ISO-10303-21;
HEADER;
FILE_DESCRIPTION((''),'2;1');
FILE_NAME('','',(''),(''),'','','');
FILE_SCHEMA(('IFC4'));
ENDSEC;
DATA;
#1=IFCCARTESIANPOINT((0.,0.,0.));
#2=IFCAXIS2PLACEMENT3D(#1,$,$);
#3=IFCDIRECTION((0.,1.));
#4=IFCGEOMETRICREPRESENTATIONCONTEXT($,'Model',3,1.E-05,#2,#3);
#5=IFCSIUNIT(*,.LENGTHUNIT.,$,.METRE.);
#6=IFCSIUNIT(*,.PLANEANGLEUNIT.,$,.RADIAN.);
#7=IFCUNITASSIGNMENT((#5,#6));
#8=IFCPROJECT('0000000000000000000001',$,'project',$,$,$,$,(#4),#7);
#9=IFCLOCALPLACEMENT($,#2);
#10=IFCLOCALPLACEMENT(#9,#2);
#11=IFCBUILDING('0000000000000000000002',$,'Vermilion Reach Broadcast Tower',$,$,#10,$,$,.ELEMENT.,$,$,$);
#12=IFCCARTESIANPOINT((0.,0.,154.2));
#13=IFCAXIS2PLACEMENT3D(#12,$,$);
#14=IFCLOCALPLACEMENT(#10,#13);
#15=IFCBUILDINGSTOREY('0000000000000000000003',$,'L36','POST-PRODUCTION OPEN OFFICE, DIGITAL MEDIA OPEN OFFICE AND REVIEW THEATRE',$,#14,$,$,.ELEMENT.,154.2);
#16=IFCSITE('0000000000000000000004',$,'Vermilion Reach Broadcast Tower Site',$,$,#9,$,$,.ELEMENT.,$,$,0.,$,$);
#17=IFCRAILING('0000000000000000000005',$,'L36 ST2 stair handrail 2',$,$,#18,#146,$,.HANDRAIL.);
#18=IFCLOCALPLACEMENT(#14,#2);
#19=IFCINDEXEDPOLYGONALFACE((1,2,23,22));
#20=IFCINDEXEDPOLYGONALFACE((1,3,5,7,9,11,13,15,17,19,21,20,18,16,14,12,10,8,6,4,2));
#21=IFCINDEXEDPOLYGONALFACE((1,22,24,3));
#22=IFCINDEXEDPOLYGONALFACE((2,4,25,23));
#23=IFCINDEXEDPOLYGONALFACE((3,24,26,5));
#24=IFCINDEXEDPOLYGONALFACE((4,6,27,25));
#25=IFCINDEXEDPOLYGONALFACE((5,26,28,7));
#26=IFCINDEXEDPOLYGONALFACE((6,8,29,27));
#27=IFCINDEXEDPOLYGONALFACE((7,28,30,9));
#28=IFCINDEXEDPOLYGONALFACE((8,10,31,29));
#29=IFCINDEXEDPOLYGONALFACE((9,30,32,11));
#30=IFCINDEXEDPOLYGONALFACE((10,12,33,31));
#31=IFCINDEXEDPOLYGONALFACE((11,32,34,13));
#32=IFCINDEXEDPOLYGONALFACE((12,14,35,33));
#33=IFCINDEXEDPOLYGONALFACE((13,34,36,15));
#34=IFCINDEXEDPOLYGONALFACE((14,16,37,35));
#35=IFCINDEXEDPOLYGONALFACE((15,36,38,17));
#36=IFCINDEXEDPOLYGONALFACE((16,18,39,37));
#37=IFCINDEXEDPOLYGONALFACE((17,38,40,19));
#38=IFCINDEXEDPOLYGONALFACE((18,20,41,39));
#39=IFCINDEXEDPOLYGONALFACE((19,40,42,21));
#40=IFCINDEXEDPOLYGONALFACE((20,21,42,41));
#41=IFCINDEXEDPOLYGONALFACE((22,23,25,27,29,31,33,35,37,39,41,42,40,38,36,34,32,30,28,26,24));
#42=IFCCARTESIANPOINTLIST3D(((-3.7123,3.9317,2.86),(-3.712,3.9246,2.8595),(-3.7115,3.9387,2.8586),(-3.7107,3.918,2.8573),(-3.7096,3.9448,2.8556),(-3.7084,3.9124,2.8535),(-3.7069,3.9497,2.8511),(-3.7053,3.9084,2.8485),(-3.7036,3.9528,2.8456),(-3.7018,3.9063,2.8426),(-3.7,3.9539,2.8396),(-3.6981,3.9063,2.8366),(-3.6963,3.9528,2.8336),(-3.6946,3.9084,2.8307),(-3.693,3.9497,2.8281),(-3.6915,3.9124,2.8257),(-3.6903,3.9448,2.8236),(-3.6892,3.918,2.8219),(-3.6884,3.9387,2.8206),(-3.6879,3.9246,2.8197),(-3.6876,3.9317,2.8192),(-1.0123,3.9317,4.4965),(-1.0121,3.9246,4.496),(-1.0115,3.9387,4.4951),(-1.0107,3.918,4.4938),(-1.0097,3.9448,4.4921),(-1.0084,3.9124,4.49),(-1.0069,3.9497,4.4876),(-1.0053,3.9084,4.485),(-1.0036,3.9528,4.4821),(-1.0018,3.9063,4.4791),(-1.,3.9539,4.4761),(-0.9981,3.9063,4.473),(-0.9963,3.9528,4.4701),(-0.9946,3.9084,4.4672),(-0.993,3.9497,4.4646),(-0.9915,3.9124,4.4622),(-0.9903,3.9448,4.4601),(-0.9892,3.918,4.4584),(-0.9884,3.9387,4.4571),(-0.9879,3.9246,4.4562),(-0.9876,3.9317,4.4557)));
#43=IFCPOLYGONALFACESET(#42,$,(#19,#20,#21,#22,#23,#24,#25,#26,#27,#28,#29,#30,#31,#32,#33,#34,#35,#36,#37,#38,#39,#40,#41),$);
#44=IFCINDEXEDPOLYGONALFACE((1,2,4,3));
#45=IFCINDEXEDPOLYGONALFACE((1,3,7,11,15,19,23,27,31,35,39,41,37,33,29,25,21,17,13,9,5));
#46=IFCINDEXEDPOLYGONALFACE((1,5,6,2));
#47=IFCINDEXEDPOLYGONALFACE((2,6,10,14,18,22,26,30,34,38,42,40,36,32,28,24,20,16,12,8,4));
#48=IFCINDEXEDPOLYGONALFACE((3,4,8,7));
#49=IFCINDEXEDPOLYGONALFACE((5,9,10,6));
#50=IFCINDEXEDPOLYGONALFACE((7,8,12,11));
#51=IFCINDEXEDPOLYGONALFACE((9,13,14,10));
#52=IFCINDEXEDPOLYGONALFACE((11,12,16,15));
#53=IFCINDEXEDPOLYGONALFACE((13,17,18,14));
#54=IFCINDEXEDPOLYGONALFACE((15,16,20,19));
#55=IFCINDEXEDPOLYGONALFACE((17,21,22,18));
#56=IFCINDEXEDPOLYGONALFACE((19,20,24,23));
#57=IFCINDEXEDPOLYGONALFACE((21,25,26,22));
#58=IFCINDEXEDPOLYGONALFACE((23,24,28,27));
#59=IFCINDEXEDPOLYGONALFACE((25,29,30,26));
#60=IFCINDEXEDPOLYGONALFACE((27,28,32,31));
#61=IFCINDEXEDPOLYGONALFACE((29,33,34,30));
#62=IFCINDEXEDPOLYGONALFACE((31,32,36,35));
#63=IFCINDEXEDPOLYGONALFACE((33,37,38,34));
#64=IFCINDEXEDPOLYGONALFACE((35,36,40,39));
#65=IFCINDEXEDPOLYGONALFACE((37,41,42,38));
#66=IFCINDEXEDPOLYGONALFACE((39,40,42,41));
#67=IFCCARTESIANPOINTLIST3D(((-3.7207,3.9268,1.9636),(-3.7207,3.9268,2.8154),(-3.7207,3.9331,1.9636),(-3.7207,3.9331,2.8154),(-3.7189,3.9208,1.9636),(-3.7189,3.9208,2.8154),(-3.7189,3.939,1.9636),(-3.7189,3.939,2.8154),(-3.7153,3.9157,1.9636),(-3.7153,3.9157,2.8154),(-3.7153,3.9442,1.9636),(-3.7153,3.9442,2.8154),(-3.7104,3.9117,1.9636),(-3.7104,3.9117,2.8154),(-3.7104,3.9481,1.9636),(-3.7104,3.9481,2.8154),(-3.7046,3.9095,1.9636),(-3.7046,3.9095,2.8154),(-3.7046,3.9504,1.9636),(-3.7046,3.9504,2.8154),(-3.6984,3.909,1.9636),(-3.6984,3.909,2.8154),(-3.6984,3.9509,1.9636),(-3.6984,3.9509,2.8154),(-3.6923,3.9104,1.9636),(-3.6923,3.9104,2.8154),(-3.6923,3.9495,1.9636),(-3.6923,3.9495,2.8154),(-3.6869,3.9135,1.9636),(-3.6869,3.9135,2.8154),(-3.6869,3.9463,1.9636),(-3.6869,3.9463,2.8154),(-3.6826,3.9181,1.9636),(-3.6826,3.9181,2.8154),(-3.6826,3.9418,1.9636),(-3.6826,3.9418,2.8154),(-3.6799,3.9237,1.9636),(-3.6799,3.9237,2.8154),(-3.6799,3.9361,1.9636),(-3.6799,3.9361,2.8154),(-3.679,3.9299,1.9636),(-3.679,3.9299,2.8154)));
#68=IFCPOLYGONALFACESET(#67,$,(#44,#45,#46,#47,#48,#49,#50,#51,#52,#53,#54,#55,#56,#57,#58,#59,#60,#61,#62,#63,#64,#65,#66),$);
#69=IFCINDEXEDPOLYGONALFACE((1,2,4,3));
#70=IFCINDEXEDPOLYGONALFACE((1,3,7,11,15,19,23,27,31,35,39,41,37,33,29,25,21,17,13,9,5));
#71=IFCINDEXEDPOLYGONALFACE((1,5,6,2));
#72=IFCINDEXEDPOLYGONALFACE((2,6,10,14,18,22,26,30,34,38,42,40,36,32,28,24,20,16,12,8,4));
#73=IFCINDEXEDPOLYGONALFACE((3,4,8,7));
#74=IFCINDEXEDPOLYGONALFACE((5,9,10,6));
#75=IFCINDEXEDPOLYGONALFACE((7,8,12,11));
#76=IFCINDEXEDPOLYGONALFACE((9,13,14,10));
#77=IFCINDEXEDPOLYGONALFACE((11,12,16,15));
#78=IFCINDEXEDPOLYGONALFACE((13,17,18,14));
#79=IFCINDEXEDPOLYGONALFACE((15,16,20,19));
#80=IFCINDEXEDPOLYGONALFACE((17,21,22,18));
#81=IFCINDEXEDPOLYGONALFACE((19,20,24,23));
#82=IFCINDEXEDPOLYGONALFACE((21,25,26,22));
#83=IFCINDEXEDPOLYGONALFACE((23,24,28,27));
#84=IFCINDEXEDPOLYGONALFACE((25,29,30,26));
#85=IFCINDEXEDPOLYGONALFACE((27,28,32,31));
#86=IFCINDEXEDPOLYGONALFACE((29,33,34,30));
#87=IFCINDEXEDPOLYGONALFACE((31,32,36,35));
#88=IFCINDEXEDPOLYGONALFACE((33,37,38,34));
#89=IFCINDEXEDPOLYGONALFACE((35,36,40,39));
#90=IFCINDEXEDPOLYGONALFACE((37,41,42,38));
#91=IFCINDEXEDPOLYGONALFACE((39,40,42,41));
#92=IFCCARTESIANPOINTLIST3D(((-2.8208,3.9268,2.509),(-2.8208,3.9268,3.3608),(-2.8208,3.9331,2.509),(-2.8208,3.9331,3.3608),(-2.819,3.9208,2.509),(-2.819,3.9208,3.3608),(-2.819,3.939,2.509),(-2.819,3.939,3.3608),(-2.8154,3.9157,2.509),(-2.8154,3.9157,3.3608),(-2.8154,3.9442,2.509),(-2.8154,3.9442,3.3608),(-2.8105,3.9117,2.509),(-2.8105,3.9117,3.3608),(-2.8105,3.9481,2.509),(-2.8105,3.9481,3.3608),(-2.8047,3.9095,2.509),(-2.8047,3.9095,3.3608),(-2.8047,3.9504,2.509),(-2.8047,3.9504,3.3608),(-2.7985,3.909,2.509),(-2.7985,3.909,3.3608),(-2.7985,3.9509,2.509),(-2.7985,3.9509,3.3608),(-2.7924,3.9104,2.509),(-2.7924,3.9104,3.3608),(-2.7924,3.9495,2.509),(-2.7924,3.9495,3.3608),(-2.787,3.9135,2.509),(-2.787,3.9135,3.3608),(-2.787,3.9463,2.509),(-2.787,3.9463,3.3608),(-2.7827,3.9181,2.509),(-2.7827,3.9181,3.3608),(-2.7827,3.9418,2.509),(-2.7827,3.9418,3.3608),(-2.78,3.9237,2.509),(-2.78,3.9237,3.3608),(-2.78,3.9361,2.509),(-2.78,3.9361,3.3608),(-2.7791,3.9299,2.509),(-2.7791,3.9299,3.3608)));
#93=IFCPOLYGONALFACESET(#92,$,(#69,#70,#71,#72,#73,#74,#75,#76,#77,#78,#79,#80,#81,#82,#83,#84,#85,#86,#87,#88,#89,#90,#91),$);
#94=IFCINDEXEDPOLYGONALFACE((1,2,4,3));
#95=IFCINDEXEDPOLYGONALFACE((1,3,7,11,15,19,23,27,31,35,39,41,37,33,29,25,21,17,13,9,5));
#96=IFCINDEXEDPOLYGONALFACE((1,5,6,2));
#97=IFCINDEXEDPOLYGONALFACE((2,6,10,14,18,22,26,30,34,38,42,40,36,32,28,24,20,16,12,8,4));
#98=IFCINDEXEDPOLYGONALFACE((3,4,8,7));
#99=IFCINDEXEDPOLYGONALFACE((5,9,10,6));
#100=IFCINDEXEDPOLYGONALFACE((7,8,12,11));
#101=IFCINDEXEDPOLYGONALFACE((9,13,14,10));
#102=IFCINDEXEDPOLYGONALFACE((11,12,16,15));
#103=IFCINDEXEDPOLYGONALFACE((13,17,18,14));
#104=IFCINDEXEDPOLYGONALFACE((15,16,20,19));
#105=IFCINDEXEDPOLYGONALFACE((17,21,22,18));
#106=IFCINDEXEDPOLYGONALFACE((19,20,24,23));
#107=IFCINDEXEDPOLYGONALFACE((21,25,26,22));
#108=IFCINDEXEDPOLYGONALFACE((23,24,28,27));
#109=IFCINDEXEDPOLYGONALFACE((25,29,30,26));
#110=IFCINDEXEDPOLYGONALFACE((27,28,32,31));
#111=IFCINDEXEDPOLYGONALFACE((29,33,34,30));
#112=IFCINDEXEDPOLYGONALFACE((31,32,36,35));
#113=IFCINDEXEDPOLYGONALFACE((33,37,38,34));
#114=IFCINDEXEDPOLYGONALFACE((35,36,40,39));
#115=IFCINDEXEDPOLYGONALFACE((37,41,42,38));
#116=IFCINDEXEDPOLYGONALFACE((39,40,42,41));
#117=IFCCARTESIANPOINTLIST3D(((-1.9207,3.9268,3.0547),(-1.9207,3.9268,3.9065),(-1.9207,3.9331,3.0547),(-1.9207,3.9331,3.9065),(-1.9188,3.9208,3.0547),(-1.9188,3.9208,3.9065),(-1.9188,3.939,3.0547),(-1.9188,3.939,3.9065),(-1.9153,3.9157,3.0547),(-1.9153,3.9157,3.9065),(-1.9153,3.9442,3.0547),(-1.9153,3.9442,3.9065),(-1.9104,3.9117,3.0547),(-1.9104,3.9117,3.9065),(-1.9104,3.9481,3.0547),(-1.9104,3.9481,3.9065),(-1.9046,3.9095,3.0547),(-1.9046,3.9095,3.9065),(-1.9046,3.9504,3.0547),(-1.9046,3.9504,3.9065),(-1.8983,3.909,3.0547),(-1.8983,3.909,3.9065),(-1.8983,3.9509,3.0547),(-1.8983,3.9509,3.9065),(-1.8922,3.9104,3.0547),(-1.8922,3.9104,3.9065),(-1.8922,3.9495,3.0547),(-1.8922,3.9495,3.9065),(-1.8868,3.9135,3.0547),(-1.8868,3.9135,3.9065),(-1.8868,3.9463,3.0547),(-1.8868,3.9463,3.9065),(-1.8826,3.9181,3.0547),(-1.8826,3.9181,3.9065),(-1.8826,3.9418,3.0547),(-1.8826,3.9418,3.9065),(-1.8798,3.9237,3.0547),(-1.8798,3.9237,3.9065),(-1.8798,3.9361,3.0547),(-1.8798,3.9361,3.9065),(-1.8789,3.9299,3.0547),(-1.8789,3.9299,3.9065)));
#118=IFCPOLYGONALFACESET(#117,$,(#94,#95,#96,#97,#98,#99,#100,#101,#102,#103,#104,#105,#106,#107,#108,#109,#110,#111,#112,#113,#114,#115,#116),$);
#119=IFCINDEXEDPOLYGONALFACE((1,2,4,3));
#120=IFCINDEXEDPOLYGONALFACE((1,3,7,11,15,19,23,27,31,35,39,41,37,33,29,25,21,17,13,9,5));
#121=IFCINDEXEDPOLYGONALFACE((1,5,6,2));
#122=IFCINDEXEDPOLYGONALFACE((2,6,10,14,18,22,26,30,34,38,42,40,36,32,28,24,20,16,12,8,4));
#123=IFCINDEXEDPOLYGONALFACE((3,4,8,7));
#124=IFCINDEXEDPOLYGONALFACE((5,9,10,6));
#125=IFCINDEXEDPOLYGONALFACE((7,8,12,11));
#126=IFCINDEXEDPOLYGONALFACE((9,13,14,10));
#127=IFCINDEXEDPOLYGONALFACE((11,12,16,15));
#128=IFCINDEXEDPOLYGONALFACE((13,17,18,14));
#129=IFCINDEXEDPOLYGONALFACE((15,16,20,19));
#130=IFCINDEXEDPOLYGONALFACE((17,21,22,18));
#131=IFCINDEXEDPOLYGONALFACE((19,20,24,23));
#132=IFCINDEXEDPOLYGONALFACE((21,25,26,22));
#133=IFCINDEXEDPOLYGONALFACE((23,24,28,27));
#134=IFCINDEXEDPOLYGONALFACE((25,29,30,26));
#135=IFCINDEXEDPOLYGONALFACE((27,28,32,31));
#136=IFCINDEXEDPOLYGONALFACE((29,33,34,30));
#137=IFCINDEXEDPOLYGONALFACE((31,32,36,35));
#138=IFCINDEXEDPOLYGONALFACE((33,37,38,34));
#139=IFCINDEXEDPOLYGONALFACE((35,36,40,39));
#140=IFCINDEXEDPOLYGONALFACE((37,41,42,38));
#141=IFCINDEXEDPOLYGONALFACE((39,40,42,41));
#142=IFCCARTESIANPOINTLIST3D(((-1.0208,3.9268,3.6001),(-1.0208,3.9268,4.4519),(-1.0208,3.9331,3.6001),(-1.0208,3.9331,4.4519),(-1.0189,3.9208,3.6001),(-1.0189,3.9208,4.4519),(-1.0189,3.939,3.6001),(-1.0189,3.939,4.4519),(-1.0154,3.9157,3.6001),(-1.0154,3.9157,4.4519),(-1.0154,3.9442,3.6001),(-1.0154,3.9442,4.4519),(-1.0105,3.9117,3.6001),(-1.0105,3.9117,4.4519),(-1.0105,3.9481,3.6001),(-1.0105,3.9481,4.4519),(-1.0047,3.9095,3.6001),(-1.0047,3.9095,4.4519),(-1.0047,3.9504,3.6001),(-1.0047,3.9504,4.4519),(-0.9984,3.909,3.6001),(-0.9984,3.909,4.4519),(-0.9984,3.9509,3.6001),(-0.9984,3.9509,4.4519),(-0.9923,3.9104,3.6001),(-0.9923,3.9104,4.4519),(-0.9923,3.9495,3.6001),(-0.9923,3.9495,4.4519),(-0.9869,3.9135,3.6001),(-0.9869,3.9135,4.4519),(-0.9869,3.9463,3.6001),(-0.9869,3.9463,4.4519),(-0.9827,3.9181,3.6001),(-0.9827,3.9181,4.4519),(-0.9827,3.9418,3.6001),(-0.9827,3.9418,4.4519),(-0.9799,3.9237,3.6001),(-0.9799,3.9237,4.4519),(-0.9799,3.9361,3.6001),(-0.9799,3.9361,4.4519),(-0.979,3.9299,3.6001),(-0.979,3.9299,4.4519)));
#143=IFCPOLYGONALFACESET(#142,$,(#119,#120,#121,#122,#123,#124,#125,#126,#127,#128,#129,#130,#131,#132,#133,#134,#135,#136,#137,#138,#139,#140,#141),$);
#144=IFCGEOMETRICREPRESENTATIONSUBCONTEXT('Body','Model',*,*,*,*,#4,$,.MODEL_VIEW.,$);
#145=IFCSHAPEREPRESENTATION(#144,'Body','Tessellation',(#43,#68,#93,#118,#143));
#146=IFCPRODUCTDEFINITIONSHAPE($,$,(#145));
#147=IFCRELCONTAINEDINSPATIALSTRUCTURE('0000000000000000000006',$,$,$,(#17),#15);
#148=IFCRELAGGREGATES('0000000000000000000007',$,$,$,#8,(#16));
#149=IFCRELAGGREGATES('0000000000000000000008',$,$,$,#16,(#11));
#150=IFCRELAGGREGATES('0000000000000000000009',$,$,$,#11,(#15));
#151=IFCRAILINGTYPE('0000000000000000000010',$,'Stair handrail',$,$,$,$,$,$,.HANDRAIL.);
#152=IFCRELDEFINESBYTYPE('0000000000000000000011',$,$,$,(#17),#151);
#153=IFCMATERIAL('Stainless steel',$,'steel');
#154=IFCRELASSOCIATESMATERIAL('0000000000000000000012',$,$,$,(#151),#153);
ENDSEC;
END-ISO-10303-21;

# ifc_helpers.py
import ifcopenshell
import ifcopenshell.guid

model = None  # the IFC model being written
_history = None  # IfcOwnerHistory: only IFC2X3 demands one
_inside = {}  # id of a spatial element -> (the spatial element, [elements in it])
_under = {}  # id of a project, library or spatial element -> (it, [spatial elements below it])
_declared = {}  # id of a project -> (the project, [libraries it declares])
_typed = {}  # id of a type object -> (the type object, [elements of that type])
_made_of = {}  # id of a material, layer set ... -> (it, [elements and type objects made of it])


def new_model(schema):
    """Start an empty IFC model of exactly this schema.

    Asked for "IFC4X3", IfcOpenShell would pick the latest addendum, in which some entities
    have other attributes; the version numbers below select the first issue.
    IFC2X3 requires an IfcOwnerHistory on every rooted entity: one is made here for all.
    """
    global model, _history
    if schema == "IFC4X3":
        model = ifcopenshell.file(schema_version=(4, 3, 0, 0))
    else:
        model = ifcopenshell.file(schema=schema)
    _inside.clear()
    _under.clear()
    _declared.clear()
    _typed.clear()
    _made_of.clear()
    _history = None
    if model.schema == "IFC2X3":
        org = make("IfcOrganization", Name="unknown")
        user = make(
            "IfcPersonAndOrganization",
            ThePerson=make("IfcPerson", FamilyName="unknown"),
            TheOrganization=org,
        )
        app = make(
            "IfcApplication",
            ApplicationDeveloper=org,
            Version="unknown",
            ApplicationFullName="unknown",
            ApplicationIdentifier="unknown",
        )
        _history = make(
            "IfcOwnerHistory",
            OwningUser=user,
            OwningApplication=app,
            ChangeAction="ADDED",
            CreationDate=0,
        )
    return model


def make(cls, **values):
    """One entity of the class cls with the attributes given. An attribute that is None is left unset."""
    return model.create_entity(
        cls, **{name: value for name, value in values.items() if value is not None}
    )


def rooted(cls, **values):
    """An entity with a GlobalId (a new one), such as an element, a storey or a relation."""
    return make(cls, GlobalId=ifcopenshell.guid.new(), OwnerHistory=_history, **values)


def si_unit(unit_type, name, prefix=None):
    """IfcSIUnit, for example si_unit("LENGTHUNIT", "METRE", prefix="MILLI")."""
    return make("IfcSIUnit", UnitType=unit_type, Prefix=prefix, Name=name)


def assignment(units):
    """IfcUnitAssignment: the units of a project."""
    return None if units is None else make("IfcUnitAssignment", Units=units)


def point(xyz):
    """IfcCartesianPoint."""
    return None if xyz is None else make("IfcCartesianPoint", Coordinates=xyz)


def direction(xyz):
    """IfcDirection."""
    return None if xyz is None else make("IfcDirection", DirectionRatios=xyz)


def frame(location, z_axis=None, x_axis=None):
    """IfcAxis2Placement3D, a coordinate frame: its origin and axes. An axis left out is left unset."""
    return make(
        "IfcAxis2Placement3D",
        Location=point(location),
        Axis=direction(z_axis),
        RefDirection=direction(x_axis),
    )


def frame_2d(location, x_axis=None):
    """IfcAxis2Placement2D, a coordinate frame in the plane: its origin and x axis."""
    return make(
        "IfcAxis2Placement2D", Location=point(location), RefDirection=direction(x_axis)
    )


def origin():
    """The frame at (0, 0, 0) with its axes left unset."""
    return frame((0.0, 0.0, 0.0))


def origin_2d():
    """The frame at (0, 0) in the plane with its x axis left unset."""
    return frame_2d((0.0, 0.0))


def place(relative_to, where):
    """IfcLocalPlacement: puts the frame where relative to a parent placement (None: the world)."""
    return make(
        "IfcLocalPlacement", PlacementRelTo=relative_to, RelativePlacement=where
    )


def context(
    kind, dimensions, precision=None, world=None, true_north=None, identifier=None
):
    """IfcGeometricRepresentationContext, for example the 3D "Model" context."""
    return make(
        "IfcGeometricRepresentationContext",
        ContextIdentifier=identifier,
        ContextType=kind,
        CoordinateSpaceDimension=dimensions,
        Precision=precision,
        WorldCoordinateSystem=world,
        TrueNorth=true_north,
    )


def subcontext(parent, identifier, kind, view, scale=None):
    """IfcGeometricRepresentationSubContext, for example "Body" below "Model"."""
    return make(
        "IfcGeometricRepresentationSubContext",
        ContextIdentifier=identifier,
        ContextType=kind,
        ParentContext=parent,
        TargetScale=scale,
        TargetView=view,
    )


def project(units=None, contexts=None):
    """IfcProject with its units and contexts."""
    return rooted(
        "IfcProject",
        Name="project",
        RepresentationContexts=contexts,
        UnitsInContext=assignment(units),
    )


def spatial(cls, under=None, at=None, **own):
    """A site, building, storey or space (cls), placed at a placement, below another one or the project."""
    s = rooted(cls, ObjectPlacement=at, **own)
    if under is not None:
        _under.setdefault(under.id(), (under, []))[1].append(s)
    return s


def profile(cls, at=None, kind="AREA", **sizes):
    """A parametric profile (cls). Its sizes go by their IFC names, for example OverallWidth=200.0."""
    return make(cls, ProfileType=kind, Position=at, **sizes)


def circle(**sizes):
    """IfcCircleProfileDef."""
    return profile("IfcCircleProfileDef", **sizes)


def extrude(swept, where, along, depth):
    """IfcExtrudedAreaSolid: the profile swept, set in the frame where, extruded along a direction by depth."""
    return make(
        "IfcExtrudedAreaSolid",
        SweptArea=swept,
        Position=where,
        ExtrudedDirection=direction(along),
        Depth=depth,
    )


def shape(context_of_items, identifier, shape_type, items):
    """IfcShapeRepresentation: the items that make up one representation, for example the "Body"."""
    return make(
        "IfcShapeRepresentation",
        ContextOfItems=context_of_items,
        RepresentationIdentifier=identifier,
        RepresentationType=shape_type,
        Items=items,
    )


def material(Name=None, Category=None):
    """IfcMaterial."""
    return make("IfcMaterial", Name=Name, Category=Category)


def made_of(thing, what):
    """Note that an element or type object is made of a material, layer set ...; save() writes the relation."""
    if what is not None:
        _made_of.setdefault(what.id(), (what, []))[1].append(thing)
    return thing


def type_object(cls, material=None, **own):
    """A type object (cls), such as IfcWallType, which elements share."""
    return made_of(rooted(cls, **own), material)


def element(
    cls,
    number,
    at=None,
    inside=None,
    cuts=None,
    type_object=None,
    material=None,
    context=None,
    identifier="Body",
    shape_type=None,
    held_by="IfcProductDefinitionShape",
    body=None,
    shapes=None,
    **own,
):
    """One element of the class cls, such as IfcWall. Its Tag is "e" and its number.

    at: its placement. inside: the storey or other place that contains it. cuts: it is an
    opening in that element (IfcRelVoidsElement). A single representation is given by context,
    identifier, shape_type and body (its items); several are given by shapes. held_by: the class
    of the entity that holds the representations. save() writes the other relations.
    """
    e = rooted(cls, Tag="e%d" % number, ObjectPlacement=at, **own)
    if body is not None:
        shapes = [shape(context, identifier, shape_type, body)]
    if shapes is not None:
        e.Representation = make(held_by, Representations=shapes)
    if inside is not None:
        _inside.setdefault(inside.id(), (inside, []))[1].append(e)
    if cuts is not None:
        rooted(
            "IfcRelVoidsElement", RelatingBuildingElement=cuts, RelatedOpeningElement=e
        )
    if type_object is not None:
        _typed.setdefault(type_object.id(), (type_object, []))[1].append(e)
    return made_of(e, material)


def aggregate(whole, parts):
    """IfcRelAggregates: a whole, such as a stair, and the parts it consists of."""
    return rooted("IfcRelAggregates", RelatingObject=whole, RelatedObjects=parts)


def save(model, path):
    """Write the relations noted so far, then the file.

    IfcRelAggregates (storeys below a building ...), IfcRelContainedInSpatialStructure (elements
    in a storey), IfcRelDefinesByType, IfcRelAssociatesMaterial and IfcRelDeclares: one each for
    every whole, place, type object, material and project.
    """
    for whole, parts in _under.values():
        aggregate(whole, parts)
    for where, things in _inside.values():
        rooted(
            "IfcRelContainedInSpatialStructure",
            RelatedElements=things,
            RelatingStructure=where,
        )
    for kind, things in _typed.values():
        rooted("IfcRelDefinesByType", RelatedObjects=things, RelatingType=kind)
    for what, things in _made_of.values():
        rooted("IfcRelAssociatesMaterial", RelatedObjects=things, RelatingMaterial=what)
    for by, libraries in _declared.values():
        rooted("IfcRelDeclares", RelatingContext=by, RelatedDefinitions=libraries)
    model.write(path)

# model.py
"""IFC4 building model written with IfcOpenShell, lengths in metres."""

from ifc_helpers import new_model, si_unit, direction, frame, origin, origin_2d, place, context, subcontext, project, spatial, circle, extrude, material, type_object, element, save


model = new_model("IFC4")

# Units and contexts
model_context = context("Model", 3, precision=1e-05, world=origin(), true_north=direction((0.0, 1.0)))
body_context = subcontext(model_context, "Body", "Model", "MODEL_VIEW")
ifc_project = project(units=[si_unit("LENGTHUNIT", "METRE"), si_unit("PLANEANGLEUNIT", "RADIAN")], contexts=[model_context])

# Site, building, storey
site_placement = place(None, origin())
site = spatial("IfcSite", under=ifc_project, at=site_placement, Name="Vermilion Reach Broadcast Tower Site", CompositionType="ELEMENT", RefElevation=0.0)
building_placement = place(site_placement, origin())
building = spatial("IfcBuilding", under=site, at=building_placement, Name="Vermilion Reach Broadcast Tower", CompositionType="ELEMENT")
storey_placement = place(building_placement, frame((0.0, 0.0, 154.2)))
storey = spatial("IfcBuildingStorey", under=building, at=storey_placement, Name="L36", Description="POST-PRODUCTION OPEN OFFICE, DIGITAL MEDIA OPEN OFFICE AND REVIEW THEATRE", CompositionType="ELEMENT", Elevation=154.2)

# Railing
ifc_material_1 = material(Name="Stainless steel", Category="steel")
railing_type_1 = type_object("IfcRailingType", Name="Stair handrail", PredefinedType="HANDRAIL", material=ifc_material_1)
railing_1_placement = place(storey_placement, frame((-3.7, 3.9299, 1.9636)))
element("IfcRailing", 1, at=railing_1_placement, inside=storey, type_object=railing_type_1, Name="L36 ST2 stair handrail 2", PredefinedType="HANDRAIL", context=body_context, shape_type="SweptSolid", body=[
    extrude(circle(Radius=0.0239, at=origin_2d()), frame((0.0, 0.0, 0.876), z_axis=(0.855178, 0.0, 0.518334), x_axis=(0.0, 1.0, 0.0)), (0.0, 0.0, 1.0), 3.1572),
    extrude(circle(Radius=0.021, at=origin_2d()), origin(), (0.0, 0.0, 1.0), 0.8518),
    extrude(circle(Radius=0.021, at=origin_2d()), frame((0.8999, 0.0, 0.5454)), (0.0, 0.0, 1.0), 0.8518),
    extrude(circle(Radius=0.021, at=origin_2d()), frame((1.8, 0.0, 1.0911)), (0.0, 0.0, 1.0), 0.8518),
    extrude(circle(Radius=0.021, at=origin_2d()), frame((2.7, 0.0, 1.6365)), (0.0, 0.0, 1.0), 0.8518),
])

save(model, "model.ifc")
